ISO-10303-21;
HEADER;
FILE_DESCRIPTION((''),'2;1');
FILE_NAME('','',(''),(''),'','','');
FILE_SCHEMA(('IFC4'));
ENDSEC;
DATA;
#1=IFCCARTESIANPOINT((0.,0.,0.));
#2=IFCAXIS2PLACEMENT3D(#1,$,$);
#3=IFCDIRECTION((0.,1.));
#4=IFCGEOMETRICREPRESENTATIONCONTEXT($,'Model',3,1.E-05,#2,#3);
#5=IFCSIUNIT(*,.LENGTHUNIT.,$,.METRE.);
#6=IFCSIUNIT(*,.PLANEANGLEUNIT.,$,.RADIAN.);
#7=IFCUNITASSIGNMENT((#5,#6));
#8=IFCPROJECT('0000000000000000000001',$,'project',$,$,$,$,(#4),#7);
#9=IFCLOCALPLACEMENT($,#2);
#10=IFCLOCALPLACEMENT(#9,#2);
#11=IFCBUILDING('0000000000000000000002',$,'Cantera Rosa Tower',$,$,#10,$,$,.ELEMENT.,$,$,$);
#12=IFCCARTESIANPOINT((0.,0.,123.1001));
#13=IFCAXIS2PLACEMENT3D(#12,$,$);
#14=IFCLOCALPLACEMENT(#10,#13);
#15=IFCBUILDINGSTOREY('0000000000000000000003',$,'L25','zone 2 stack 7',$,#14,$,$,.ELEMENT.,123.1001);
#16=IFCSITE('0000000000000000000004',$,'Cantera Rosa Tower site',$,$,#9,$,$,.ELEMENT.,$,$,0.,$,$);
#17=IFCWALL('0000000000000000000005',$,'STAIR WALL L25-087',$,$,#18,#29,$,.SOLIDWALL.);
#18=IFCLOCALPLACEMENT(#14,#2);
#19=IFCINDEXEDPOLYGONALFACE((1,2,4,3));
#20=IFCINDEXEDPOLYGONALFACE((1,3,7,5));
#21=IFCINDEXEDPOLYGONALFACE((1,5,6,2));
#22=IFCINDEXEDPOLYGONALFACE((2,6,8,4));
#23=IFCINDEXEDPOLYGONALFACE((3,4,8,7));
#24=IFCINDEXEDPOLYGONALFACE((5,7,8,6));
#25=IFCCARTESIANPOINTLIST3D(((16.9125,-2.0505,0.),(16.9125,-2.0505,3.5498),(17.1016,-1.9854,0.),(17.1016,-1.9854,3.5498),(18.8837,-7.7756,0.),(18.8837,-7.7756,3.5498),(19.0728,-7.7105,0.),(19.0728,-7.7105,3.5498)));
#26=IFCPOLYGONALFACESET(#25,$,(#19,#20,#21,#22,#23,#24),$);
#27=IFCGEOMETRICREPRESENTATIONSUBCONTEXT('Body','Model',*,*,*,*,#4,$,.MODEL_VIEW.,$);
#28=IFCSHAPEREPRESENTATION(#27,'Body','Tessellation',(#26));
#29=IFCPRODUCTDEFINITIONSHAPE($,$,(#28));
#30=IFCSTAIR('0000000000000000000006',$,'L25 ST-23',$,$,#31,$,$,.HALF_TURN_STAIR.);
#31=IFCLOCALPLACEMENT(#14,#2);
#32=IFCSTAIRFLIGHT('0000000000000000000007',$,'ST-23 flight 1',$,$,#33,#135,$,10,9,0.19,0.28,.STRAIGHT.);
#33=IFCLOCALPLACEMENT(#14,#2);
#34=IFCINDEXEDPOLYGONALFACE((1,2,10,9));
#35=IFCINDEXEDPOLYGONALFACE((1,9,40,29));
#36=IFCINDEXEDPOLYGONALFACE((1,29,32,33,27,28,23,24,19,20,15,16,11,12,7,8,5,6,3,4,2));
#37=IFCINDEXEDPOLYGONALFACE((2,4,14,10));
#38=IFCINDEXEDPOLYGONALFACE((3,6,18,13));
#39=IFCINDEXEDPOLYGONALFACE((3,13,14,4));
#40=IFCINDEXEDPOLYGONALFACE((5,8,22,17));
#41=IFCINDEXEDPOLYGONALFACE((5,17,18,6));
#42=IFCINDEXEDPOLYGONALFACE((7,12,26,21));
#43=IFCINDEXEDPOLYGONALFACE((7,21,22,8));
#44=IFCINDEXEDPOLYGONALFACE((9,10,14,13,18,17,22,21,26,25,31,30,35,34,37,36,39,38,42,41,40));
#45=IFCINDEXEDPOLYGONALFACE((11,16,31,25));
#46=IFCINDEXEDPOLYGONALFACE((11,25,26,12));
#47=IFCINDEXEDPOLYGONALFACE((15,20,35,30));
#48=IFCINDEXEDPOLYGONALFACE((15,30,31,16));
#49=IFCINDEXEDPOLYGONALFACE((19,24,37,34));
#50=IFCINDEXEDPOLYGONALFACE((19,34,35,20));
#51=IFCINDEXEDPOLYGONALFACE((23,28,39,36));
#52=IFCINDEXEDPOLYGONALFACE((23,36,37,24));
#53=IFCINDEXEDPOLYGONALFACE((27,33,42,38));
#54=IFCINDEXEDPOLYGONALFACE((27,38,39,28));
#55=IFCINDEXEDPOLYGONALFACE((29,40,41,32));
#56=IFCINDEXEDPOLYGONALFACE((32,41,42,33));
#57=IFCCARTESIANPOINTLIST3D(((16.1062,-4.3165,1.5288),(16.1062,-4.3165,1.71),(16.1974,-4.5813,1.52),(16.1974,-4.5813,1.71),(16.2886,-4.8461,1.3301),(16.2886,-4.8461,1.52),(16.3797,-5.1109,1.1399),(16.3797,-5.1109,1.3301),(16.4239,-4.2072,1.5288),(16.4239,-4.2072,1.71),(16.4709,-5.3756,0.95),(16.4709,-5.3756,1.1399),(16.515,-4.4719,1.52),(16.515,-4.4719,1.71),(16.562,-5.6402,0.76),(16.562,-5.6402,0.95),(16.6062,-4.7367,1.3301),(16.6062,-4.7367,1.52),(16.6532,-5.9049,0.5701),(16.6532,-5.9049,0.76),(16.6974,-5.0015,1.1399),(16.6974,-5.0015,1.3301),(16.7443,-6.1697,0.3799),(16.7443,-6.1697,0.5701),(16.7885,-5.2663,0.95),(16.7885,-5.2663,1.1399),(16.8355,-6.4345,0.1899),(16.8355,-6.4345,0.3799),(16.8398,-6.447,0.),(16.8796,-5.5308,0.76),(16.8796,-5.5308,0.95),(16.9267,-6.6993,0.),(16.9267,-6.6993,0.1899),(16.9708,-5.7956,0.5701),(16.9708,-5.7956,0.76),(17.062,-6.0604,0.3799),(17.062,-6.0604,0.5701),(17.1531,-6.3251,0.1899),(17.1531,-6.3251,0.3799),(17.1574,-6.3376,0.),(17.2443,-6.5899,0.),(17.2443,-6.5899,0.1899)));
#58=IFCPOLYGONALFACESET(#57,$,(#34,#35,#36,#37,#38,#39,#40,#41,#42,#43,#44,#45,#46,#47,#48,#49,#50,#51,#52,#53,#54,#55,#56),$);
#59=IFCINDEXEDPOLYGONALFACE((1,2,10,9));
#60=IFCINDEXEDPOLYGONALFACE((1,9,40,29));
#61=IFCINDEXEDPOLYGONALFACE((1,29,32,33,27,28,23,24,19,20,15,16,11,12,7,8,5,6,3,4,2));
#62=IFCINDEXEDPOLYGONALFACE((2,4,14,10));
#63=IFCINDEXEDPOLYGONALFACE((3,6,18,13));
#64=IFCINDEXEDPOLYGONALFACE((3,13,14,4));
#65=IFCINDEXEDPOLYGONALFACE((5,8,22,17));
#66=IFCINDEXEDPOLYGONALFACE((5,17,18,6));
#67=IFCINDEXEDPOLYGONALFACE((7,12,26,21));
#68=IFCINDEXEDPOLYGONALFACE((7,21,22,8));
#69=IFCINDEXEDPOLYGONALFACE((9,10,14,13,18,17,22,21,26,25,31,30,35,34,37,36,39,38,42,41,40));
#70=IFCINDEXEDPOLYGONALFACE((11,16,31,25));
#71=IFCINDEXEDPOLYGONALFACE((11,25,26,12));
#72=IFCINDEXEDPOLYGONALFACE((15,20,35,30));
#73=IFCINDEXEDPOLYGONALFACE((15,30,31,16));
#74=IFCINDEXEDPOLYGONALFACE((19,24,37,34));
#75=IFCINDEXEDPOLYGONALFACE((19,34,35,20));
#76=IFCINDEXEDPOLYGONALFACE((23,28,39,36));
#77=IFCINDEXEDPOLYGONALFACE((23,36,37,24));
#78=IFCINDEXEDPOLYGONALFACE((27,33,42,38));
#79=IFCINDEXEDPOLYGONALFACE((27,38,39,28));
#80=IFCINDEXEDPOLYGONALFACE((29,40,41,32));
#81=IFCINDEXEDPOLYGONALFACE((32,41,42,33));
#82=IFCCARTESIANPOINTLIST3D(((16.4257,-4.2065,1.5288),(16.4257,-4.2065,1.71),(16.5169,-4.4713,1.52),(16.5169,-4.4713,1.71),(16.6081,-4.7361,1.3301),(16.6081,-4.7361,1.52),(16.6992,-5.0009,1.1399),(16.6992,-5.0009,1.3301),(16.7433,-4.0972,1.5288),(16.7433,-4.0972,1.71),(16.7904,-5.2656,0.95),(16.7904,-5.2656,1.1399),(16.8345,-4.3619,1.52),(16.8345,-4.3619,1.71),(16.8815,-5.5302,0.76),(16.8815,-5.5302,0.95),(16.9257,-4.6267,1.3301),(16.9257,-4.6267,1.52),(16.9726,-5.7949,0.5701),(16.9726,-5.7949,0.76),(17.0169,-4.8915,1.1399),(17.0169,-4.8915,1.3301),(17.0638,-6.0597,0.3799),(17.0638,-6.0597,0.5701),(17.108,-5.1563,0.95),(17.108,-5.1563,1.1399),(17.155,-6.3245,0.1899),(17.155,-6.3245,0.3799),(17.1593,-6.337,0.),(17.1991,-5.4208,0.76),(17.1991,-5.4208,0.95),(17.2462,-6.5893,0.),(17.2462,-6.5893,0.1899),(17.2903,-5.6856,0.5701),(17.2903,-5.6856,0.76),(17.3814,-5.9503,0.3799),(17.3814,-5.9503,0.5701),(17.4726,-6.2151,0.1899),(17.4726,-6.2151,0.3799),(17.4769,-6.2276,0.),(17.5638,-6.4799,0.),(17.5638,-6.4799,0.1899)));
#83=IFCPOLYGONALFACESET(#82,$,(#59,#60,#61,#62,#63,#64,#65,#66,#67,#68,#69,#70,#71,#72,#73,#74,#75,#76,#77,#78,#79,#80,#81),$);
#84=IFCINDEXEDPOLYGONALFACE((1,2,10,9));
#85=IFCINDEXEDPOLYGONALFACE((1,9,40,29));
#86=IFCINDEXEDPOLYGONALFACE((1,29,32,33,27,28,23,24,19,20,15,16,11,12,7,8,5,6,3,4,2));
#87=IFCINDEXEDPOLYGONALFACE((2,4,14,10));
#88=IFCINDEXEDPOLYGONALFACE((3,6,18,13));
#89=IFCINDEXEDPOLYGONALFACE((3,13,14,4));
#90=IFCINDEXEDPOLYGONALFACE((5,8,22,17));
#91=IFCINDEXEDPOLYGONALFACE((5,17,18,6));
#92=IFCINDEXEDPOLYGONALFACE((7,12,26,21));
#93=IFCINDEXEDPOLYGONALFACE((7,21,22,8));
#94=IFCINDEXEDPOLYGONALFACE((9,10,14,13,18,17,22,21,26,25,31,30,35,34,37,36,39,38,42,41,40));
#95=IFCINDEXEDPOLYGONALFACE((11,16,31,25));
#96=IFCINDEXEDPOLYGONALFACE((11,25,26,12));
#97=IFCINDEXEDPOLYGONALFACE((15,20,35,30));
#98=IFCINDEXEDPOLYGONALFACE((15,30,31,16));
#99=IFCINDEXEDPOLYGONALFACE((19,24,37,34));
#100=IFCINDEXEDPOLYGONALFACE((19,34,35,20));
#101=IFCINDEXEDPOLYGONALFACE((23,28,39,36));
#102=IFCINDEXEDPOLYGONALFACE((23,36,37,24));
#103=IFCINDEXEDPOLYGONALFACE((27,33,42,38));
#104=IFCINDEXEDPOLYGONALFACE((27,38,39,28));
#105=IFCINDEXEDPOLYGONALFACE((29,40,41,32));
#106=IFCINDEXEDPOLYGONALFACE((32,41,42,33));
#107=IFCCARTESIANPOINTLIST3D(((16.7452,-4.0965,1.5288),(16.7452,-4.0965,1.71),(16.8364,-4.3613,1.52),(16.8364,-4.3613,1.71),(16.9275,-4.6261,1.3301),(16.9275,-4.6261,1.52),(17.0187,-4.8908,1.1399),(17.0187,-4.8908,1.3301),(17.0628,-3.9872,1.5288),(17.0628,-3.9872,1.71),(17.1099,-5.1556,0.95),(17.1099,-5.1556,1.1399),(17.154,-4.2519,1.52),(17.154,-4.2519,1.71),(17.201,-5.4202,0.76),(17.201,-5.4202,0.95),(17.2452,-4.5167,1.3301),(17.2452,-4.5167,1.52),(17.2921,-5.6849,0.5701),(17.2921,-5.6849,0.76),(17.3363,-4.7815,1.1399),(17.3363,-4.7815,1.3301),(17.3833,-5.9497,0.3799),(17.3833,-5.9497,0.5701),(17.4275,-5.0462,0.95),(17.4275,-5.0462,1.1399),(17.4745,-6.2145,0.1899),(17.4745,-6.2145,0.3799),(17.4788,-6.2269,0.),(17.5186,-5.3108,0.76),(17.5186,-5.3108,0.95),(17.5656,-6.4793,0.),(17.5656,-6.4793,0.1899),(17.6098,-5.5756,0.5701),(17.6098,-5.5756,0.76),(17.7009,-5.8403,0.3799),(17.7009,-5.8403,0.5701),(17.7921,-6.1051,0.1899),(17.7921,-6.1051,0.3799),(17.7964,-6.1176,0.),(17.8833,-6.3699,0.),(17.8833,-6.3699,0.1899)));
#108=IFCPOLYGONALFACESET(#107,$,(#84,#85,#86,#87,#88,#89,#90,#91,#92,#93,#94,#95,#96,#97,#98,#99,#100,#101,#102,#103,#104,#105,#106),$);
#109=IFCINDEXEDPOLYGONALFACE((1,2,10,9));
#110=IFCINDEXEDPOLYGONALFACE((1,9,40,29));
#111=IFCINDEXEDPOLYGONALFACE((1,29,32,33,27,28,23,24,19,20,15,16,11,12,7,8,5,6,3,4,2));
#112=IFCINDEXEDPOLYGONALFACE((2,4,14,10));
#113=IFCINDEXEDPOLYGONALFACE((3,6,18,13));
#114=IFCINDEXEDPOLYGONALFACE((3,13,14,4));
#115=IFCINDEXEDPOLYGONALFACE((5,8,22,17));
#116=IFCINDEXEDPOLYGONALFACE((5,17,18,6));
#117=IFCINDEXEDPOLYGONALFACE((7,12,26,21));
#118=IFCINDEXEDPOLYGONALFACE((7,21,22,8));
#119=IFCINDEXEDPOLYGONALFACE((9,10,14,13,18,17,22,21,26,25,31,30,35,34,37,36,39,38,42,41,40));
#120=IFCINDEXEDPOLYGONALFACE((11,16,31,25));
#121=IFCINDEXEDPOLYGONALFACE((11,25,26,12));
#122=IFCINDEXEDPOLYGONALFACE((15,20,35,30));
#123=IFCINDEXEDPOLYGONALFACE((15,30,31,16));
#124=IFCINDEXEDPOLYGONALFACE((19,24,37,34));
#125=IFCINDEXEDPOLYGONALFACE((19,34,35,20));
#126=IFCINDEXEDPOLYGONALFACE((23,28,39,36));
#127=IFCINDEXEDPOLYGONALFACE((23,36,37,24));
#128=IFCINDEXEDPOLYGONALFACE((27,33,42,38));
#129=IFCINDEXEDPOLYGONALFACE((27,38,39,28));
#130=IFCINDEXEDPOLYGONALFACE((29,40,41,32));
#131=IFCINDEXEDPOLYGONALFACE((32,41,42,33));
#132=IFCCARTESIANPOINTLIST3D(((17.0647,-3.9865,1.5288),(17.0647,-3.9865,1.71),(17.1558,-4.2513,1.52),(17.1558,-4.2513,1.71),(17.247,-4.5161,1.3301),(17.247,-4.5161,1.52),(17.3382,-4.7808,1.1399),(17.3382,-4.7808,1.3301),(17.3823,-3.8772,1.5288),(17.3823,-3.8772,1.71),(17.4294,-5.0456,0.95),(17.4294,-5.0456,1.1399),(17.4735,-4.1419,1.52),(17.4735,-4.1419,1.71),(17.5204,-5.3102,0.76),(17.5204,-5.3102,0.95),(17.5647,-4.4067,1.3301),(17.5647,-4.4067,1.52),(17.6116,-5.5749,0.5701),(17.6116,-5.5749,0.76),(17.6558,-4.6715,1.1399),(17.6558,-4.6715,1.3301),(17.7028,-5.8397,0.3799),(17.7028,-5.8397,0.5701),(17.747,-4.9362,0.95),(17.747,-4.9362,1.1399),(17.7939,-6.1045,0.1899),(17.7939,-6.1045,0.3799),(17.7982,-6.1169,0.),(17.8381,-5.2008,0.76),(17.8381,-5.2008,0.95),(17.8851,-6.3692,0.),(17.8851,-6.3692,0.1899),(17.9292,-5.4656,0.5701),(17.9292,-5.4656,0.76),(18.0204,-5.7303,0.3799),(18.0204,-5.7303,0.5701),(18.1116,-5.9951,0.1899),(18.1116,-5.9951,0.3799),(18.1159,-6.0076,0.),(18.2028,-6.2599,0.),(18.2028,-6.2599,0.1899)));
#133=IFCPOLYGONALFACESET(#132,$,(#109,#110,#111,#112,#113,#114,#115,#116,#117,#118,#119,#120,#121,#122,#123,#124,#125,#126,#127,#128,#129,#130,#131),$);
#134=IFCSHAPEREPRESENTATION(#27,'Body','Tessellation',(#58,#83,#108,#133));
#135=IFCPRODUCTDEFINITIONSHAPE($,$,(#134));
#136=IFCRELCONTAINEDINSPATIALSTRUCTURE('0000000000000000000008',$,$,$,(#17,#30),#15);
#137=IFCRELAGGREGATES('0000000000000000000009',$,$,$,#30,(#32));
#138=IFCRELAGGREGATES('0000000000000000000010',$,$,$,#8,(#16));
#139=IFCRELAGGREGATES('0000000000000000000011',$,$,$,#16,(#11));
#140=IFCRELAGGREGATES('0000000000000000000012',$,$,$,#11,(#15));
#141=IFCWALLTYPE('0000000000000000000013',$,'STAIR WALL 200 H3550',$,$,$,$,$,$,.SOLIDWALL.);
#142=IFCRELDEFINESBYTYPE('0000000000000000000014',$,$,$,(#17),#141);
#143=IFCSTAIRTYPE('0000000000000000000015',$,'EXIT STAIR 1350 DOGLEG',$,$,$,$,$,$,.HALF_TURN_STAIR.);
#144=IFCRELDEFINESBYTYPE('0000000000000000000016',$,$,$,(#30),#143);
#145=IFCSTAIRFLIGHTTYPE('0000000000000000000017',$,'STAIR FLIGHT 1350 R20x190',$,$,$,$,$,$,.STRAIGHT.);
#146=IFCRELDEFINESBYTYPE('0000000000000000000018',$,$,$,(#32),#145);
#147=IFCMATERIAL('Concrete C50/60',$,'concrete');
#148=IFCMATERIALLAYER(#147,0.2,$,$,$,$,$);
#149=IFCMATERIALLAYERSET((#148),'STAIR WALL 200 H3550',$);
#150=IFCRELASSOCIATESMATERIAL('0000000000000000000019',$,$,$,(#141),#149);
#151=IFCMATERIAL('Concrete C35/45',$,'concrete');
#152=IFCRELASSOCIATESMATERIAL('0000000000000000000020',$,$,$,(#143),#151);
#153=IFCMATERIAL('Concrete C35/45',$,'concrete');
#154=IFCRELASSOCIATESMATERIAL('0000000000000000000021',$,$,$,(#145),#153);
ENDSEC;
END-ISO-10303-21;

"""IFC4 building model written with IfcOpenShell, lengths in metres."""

from ifc_helpers import new_model, si_unit, direction, frame, frame_2d, origin, place, context, subcontext, project, spatial, polyline, rectangle, outline, extrude, material, layer, layer_set, type_object, element, aggregate, save


model = new_model("IFC4")

# Units and contexts
model_context = context("Model", 3, precision=1e-05, world=origin(), true_north=direction((0.0, 1.0)))
body_context = subcontext(model_context, "Body", "Model", "MODEL_VIEW")
ifc_project = project(units=[si_unit("LENGTHUNIT", "METRE"), si_unit("PLANEANGLEUNIT", "RADIAN")], contexts=[model_context])

# Site, building, storey
site_placement = place(None, origin())
site = spatial("IfcSite", under=ifc_project, at=site_placement, Name="Cantera Rosa Tower site", CompositionType="ELEMENT", RefElevation=0.0)
building_placement = place(site_placement, origin())
building = spatial("IfcBuilding", under=site, at=building_placement, Name="Cantera Rosa Tower", CompositionType="ELEMENT")
storey_placement = place(building_placement, frame((0.0, 0.0, 123.1001)))
storey = spatial("IfcBuildingStorey", under=building, at=storey_placement, Name="L25", Description="zone 2 stack 7", CompositionType="ELEMENT", Elevation=123.1001)

# Wall
ifc_material_1 = material(Name="Concrete C50/60", Category="concrete")
ifc_layer_1 = layer(ifc_material_1, 0.2)
ifc_layer_set_1 = layer_set([ifc_layer_1], Name="STAIR WALL 200 H3550")
wall_type_1 = type_object("IfcWallType", Name="STAIR WALL 200 H3550", PredefinedType="SOLIDWALL", material=ifc_layer_set_1)
wall_1_placement = place(storey_placement, frame((17.0071, -2.0181, 0.0), z_axis=(0.0, 0.0, 1.0), x_axis=(0.325551, -0.945525, 0.0)))
element("IfcWall", 1, at=wall_1_placement, inside=storey, type_object=wall_type_1, Name="STAIR WALL L25-087", PredefinedType="SOLIDWALL", context=body_context, shape_type="SweptSolid", body=[
    extrude(rectangle(XDim=6.0549, YDim=0.2, at=frame_2d((3.0273, 0.0))), origin(), (0.0, 0.0, 1.0), 3.5498),
])

# Stair, stair flight
ifc_material_2 = material(Name="Concrete C35/45", Category="concrete")
stair_type = type_object("IfcStairType", Name="EXIT STAIR 1350 DOGLEG", PredefinedType="HALF_TURN_STAIR", material=ifc_material_2)
stair_placement = place(storey_placement, origin())
stair = element("IfcStair", 2, at=stair_placement, inside=storey, type_object=stair_type, Name="L25 ST-23", PredefinedType="HALF_TURN_STAIR")
ifc_material_3 = material(Name="Concrete C35/45", Category="concrete")
stair_flight_type = type_object("IfcStairFlightType", Name="STAIR FLIGHT 1350 R20x190", PredefinedType="STRAIGHT", material=ifc_material_3)
stair_flight_placement = place(storey_placement, frame((17.5649, -6.4795, 0.0), z_axis=(0.0, 0.0, 1.0), x_axis=(-0.325568, 0.945519, 0.0)))
stair_flight = element("IfcStairFlight", 3, at=stair_flight_placement, type_object=stair_flight_type, Name="ST-23 flight 1", NumberOfRisers=10, NumberOfTreads=9, PredefinedType="STRAIGHT", RiserHeight=0.19, TreadLength=0.28, context=body_context, shape_type="SweptSolid", body=[
    extrude(outline(polyline([(0.0, 0.0), (0.0, 0.1899), (0.28, 0.1899), (0.28, 0.3799), (0.5601, 0.3799), (0.5601, 0.5701), (0.8401, 0.5701), (0.8401, 0.76), (1.1201, 0.76), (1.1201, 0.95), (1.3999, 0.95), (1.3999, 1.1399), (1.6799, 1.1399), (1.6799, 1.3301), (1.96, 1.3301), (1.96, 1.52), (2.24, 1.52), (2.24, 1.71), (2.52, 1.71), (2.52, 1.8999), (2.52, 1.5288), (0.2668, 0.0), (0.0, 0.0)])), frame((0.0, 0.675, 0.0), z_axis=(0.0, -1.0, 0.0), x_axis=(1.0, 0.0, 0.0)), (0.0, 0.0, 1.0), 0.3359),
    extrude(outline(polyline([(0.0, 0.0), (0.0, 0.1899), (0.28, 0.1899), (0.28, 0.3799), (0.5601, 0.3799), (0.5601, 0.5701), (0.8401, 0.5701), (0.8401, 0.76), (1.1201, 0.76), (1.1201, 0.95), (1.3999, 0.95), (1.3999, 1.1399), (1.6799, 1.1399), (1.6799, 1.3301), (1.96, 1.3301), (1.96, 1.52), (2.24, 1.52), (2.24, 1.71), (2.52, 1.71), (2.52, 1.8999), (2.52, 1.5288), (0.2668, 0.0), (0.0, 0.0)])), frame((0.0, 0.3372, 0.0), z_axis=(0.0, -1.0, 0.0), x_axis=(1.0, 0.0, 0.0)), (0.0, 0.0, 1.0), 0.3359),
    extrude(outline(polyline([(0.0, 0.0), (0.0, 0.1899), (0.28, 0.1899), (0.28, 0.3799), (0.5601, 0.3799), (0.5601, 0.5701), (0.8401, 0.5701), (0.8401, 0.76), (1.1201, 0.76), (1.1201, 0.95), (1.3999, 0.95), (1.3999, 1.1399), (1.6799, 1.1399), (1.6799, 1.3301), (1.96, 1.3301), (1.96, 1.52), (2.24, 1.52), (2.24, 1.71), (2.52, 1.71), (2.52, 1.8999), (2.52, 1.5288), (0.2668, 0.0), (0.0, 0.0)])), frame((0.0, -0.0007, 0.0), z_axis=(0.0, -1.0, 0.0), x_axis=(1.0, 0.0, 0.0)), (0.0, 0.0, 1.0), 0.3359),
    extrude(outline(polyline([(0.0, 0.0), (0.0, 0.1899), (0.28, 0.1899), (0.28, 0.3799), (0.5601, 0.3799), (0.5601, 0.5701), (0.8401, 0.5701), (0.8401, 0.76), (1.1201, 0.76), (1.1201, 0.95), (1.3999, 0.95), (1.3999, 1.1399), (1.6799, 1.1399), (1.6799, 1.3301), (1.96, 1.3301), (1.96, 1.52), (2.24, 1.52), (2.24, 1.71), (2.52, 1.71), (2.52, 1.8999), (2.52, 1.5288), (0.2668, 0.0), (0.0, 0.0)])), frame((0.0, -0.3386, 0.0), z_axis=(0.0, -1.0, 0.0), x_axis=(1.0, 0.0, 0.0)), (0.0, 0.0, 1.0), 0.3359),
])
aggregate(stair, [stair_flight])

save(model, "model.ifc")
